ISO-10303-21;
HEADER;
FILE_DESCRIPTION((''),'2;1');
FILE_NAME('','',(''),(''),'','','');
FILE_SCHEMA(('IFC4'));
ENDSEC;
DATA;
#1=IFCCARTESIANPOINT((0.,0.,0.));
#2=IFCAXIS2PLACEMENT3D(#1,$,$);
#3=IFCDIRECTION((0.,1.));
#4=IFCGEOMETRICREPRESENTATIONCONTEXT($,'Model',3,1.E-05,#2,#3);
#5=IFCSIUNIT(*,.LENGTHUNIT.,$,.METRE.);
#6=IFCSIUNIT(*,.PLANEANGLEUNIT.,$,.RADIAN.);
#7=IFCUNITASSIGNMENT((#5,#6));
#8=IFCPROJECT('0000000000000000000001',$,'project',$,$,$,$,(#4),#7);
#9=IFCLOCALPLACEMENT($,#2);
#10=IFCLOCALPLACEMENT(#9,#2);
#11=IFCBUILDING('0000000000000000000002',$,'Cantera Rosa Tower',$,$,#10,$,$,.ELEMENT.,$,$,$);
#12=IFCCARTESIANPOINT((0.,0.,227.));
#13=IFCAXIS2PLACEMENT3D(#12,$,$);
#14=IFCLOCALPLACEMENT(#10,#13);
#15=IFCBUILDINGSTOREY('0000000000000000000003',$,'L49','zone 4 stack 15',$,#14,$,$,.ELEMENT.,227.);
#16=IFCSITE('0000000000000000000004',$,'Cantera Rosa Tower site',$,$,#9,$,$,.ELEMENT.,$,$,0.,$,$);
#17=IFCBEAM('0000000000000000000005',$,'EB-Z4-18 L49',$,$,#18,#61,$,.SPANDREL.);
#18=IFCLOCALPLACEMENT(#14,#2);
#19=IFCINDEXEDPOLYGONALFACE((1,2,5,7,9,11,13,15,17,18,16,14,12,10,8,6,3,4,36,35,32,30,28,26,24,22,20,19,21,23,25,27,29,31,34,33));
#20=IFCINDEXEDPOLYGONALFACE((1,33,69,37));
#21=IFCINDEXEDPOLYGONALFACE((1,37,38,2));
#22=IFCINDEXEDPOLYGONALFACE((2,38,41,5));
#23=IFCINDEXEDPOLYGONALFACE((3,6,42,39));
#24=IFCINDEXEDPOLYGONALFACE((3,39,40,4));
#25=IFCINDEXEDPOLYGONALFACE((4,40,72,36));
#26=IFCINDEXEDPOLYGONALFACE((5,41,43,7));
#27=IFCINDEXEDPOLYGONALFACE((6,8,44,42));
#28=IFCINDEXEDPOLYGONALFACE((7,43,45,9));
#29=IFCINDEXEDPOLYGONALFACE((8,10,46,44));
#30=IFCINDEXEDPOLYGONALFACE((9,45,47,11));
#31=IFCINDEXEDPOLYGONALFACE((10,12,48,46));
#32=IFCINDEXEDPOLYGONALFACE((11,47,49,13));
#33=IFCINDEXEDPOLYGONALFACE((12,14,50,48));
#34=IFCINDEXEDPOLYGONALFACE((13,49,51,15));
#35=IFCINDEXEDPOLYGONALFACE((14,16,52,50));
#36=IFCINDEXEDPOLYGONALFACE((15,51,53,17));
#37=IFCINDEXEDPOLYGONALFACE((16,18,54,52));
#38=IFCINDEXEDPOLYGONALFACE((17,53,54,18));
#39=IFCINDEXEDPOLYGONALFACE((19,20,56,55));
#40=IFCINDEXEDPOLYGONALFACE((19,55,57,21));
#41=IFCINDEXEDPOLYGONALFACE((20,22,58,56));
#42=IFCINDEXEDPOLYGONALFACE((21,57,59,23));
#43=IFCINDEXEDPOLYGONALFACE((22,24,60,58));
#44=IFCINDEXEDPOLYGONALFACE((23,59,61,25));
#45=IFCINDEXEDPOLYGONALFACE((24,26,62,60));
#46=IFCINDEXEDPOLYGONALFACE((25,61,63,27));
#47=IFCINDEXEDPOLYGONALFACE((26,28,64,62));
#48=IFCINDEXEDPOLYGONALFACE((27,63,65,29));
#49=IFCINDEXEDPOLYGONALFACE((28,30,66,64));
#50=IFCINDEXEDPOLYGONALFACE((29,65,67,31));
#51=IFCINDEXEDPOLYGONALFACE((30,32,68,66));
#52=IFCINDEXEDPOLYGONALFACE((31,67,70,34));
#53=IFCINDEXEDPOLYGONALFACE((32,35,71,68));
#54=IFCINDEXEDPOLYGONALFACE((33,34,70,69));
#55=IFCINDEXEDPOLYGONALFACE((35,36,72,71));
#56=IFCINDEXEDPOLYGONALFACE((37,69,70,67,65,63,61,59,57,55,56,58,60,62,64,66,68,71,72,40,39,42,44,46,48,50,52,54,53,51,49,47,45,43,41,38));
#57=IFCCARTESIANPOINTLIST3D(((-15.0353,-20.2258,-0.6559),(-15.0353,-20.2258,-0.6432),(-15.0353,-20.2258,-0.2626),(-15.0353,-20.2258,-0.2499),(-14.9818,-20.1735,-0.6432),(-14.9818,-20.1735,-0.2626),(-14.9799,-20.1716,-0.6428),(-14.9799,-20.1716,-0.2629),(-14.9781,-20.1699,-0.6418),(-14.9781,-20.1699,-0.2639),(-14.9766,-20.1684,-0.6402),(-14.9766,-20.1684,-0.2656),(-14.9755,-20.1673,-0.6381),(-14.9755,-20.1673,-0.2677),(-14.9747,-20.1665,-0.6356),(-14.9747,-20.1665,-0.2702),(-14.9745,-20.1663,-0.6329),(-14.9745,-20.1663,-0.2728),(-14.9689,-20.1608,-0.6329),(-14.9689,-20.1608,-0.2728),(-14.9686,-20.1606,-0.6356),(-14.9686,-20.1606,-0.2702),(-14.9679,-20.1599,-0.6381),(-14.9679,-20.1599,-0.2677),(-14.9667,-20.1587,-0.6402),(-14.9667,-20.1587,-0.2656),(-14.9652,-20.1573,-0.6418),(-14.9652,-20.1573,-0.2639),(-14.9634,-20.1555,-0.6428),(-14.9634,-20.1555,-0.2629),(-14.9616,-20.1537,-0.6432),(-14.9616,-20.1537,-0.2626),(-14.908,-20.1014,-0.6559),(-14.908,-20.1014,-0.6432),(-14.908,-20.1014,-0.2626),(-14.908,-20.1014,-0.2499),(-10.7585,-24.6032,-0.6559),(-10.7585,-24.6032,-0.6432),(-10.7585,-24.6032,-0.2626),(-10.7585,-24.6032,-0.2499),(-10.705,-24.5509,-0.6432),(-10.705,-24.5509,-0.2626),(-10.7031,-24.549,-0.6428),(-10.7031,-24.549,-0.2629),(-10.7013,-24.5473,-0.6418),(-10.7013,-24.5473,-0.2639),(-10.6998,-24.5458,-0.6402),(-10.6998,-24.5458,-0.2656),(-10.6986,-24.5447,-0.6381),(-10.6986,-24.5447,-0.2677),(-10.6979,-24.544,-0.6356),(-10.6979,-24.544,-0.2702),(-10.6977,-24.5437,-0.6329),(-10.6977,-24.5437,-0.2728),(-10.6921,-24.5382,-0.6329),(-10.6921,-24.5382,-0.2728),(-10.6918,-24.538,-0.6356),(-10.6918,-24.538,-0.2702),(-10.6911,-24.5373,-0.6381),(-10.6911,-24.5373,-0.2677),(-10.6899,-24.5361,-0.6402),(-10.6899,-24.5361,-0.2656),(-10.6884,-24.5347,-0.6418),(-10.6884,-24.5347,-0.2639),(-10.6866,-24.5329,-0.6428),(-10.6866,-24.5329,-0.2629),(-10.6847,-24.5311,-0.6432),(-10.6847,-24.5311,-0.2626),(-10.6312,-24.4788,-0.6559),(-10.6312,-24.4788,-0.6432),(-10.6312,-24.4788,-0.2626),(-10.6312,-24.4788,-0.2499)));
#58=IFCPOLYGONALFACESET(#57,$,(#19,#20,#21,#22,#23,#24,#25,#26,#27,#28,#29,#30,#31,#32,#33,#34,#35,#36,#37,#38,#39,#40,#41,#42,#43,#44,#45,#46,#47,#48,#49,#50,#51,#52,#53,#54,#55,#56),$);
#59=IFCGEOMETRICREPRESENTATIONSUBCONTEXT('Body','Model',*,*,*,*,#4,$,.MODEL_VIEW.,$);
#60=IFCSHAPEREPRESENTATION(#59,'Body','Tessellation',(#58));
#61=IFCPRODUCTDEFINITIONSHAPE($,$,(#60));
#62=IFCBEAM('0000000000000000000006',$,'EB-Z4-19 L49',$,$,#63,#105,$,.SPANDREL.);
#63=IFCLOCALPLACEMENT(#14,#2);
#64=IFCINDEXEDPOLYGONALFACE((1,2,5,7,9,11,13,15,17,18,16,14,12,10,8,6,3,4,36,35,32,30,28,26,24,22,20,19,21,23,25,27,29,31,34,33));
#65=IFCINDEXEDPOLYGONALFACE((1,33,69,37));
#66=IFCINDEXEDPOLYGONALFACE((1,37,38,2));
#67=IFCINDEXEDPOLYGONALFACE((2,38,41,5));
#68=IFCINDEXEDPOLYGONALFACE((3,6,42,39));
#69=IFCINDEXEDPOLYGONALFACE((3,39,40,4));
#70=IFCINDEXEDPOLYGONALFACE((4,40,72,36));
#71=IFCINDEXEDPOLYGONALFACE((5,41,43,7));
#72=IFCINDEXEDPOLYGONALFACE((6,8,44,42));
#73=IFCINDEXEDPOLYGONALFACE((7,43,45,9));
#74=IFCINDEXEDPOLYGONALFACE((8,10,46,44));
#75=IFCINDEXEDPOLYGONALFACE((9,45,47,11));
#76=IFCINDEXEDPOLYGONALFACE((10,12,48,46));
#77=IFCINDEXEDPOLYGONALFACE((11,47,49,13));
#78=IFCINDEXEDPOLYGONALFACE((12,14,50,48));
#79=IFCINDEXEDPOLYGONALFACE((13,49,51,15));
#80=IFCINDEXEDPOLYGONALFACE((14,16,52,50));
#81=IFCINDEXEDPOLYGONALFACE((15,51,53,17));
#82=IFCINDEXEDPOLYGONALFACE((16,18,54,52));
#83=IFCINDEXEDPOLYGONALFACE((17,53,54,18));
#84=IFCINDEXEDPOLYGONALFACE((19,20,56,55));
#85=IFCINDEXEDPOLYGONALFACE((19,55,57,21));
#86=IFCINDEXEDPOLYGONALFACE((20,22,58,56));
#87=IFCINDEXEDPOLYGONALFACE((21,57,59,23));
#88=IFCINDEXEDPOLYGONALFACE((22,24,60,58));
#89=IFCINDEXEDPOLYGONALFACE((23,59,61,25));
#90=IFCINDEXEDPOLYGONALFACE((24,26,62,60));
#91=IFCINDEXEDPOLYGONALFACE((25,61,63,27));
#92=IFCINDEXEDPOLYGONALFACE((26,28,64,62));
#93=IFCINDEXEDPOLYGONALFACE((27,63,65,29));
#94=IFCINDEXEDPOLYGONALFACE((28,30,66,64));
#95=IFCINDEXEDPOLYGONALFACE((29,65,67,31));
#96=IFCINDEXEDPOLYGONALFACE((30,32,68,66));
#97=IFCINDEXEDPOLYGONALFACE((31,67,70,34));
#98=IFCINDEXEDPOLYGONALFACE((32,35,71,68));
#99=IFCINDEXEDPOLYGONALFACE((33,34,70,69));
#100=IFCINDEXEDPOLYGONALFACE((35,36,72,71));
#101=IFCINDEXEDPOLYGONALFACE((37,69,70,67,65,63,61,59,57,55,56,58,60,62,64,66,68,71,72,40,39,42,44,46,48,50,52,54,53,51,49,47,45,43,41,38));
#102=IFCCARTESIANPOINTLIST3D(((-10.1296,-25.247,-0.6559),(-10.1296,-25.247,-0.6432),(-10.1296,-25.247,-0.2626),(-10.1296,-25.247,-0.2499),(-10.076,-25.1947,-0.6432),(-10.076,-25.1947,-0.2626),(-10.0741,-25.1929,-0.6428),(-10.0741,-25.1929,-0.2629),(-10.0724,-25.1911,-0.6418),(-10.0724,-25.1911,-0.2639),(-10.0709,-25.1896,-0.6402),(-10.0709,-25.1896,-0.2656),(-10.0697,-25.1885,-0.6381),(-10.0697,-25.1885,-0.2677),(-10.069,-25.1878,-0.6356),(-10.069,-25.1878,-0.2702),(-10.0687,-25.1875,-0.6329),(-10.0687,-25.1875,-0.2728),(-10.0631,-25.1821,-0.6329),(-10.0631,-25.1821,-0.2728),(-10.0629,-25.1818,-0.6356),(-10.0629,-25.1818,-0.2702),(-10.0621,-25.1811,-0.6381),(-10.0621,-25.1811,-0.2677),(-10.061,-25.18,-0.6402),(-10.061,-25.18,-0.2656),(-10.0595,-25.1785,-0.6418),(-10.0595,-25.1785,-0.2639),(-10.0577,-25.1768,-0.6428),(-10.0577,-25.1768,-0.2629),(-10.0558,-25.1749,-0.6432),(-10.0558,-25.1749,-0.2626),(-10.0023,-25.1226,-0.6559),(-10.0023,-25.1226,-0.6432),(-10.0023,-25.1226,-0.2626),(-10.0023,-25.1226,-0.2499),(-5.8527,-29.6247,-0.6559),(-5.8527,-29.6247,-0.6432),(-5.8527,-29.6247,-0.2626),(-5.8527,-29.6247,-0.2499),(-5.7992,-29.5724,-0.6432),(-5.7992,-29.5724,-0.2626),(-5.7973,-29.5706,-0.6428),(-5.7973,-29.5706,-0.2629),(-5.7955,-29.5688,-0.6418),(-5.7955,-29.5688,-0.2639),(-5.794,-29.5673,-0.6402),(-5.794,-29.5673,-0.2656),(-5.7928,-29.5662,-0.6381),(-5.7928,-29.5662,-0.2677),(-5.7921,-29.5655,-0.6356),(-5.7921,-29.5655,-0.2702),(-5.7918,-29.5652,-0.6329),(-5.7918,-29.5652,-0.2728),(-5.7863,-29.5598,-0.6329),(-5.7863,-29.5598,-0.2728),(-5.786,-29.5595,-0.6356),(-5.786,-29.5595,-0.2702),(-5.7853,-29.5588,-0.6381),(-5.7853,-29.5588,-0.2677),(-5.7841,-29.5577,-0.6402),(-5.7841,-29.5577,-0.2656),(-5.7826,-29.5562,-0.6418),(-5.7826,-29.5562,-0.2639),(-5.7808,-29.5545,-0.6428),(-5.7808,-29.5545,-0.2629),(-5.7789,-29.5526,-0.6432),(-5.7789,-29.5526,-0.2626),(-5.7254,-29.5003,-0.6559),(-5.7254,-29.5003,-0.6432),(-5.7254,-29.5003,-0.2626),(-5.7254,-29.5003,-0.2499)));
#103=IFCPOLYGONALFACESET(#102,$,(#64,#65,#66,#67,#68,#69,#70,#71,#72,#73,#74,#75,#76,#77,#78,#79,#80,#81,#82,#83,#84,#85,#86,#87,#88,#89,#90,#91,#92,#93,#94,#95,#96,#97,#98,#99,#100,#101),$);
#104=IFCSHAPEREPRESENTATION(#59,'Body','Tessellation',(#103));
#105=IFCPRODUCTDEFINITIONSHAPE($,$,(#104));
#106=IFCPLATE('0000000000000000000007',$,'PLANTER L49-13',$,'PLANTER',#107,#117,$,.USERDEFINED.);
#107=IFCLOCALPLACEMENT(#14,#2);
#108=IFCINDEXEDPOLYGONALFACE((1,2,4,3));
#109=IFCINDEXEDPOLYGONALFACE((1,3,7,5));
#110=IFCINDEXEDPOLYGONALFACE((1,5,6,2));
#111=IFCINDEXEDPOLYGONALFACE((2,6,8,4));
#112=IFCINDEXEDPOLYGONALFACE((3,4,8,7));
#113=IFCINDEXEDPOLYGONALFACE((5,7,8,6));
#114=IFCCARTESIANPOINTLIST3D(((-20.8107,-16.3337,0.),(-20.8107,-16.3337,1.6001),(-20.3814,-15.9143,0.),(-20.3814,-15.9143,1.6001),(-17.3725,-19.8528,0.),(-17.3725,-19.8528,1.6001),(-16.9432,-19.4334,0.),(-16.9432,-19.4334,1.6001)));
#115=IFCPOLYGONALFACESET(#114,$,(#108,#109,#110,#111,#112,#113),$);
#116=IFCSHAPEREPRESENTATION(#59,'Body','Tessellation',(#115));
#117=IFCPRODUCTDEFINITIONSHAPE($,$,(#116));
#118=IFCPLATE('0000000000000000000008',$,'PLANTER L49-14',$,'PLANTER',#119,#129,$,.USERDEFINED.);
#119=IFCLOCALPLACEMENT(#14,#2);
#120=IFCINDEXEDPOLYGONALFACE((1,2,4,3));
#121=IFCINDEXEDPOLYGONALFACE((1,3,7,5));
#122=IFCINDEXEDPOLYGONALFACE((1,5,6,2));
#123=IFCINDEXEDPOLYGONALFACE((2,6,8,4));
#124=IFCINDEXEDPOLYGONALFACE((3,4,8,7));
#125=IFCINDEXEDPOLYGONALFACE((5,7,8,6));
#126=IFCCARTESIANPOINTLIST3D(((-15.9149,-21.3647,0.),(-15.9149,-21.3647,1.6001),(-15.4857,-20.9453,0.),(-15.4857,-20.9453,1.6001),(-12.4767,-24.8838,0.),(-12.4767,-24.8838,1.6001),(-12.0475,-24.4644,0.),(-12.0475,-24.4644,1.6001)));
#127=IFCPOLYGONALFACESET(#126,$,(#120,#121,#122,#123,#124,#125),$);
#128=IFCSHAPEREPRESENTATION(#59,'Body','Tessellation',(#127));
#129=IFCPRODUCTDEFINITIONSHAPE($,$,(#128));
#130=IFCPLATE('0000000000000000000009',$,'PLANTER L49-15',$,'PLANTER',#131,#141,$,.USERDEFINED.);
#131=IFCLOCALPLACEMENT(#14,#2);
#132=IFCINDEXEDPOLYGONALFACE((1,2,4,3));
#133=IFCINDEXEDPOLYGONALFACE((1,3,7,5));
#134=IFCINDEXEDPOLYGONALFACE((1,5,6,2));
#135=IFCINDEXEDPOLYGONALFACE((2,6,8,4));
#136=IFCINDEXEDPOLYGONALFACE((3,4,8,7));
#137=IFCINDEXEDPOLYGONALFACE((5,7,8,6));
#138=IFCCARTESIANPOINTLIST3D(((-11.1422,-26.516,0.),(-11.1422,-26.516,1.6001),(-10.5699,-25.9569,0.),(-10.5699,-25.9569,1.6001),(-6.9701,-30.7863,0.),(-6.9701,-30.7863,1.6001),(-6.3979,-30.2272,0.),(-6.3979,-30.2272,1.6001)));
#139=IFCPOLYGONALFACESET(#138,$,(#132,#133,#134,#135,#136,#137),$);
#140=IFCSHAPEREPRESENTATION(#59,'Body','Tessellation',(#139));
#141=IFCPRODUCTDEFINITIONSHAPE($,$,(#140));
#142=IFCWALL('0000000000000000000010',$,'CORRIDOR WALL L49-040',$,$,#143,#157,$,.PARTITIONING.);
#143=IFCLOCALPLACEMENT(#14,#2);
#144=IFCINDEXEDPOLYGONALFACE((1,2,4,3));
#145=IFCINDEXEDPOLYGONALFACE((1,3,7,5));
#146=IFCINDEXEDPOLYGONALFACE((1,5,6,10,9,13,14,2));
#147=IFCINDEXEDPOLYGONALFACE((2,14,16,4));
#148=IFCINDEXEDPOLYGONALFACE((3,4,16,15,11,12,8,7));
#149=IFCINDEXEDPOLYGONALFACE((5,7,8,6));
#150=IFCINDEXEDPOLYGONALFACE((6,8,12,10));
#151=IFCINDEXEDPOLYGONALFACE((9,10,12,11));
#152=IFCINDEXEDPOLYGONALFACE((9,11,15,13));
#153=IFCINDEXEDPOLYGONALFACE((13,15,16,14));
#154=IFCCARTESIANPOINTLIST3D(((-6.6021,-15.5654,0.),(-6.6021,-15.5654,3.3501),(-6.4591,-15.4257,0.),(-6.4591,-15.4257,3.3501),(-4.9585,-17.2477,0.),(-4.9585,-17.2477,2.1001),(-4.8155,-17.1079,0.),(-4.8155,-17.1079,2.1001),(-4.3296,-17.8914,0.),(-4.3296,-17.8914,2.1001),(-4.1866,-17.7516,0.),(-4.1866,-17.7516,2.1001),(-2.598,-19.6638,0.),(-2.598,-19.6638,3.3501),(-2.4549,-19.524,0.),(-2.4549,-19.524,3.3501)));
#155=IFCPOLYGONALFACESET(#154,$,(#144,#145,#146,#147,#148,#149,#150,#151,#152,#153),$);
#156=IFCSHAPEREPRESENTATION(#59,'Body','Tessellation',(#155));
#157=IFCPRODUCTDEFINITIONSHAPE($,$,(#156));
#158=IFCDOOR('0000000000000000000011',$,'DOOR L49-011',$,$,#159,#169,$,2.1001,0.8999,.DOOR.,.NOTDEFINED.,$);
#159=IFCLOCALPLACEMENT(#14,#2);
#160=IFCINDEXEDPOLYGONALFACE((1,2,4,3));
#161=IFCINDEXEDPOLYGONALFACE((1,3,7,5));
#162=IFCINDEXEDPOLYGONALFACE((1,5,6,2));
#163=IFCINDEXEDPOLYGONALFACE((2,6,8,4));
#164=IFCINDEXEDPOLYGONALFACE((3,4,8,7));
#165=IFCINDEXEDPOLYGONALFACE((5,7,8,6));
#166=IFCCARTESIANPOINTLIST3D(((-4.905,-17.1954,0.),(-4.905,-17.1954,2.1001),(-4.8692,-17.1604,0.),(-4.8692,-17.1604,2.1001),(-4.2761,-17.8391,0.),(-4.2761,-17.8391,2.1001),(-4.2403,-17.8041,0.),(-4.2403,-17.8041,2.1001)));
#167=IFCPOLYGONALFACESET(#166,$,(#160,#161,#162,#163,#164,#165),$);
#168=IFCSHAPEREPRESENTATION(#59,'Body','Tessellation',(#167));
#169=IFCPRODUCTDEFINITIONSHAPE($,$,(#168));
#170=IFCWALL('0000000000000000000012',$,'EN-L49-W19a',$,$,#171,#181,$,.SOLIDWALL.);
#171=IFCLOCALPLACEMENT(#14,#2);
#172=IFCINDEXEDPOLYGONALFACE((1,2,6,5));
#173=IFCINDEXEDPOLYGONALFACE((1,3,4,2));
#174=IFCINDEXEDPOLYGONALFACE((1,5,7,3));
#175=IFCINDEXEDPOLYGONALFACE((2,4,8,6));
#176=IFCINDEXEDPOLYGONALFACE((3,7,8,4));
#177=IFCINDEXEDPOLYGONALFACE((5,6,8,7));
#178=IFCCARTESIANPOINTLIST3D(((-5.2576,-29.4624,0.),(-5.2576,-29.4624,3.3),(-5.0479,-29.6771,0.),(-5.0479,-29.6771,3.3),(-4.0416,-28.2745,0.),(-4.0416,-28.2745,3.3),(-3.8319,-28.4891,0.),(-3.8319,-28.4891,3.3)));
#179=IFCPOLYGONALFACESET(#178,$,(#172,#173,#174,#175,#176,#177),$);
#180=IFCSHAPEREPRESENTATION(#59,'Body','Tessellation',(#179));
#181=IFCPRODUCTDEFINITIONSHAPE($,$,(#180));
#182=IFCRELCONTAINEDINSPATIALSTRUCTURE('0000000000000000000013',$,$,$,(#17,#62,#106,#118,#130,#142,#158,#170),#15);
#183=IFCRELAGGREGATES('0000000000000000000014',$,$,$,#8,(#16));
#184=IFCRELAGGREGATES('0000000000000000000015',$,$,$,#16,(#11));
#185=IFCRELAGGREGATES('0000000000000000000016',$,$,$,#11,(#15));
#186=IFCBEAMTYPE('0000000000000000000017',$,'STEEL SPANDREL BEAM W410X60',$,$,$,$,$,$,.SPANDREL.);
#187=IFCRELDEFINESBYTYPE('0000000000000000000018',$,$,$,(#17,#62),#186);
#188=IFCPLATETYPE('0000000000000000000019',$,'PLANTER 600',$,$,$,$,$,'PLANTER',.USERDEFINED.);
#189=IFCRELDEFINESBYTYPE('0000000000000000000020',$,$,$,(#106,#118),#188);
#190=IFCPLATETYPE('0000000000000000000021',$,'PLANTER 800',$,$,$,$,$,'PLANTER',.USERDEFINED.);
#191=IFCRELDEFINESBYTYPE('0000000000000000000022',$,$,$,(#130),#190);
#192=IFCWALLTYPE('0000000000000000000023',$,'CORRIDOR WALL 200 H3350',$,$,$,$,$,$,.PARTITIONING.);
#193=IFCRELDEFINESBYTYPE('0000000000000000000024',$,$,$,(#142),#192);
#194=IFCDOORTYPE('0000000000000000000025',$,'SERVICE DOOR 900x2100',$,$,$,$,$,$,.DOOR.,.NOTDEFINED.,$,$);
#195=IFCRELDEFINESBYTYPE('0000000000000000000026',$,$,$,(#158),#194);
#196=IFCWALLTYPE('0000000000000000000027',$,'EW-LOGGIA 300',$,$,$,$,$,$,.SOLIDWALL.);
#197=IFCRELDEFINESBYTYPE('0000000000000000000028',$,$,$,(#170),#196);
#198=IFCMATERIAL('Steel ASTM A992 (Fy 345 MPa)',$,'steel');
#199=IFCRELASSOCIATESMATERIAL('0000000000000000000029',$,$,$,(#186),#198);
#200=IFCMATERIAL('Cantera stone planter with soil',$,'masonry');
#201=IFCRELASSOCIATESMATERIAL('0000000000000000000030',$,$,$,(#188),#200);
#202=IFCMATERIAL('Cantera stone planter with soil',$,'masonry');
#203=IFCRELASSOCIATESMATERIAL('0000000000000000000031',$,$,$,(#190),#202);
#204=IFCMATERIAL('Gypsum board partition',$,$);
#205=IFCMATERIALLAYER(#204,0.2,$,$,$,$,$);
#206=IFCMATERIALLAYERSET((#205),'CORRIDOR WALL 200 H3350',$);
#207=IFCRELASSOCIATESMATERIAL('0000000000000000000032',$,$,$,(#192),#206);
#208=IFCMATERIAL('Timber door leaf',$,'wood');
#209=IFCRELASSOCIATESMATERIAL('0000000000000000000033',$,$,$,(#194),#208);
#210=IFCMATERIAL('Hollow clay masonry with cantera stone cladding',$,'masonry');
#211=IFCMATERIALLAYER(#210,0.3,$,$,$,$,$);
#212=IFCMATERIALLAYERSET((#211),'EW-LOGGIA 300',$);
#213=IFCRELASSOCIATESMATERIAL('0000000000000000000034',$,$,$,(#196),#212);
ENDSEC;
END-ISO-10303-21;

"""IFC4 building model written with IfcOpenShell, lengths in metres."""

from ifc_helpers import new_model, si_unit, direction, frame, frame_2d, origin, origin_2d, place, context, subcontext, project, spatial, rectangle, i_section, extrude, material, layer, layer_set, material_profile, profile_set, type_object, element, fill, save


model = new_model("IFC4")

# Units and contexts
model_context = context("Model", 3, precision=1e-05, world=origin(), true_north=direction((0.0, 1.0)))
body_context = subcontext(model_context, "Body", "Model", "MODEL_VIEW")
ifc_project = project(units=[si_unit("LENGTHUNIT", "METRE"), si_unit("PLANEANGLEUNIT", "RADIAN")], contexts=[model_context])

# Site, building, storey
site_placement = place(None, origin())
site = spatial("IfcSite", under=ifc_project, at=site_placement, Name="Cantera Rosa Tower site", CompositionType="ELEMENT", RefElevation=0.0)
building_placement = place(site_placement, origin())
building = spatial("IfcBuilding", under=site, at=building_placement, Name="Cantera Rosa Tower", CompositionType="ELEMENT")
storey_placement = place(building_placement, frame((0.0, 0.0, 227.0)))
storey = spatial("IfcBuildingStorey", under=building, at=storey_placement, Name="L49", Description="zone 4 stack 15", CompositionType="ELEMENT", Elevation=227.0)

# Beams
ifc_material_1 = material(Name="Steel ASTM A992 (Fy 345 MPa)", Category="steel")
ifc_material_profile_1 = material_profile(ifc_material_1, i_section(OverallWidth=0.178, OverallDepth=0.406, WebThickness=0.0078, FlangeThickness=0.0127, FilletRadius=0.0103, at=origin_2d()), Name="W410X60")
ifc_profile_set_1 = profile_set([ifc_material_profile_1], Name="Steel ASTM A992 (Fy 345 MPa)")
beam_type_1 = type_object("IfcBeamType", Name="STEEL SPANDREL BEAM W410X60", PredefinedType="SPANDREL", material=ifc_profile_set_1)
beam_1_placement = place(storey_placement, frame((-14.9717, -20.1636, -0.4529), z_axis=(0.698841, -0.715277, 0.0), x_axis=(0.715277, 0.698841, 0.0)))
element("IfcBeam", 1, at=beam_1_placement, inside=storey, type_object=beam_type_1, Name="EB-Z4-18 L49", PredefinedType="SPANDREL", context=body_context, shape_type="SweptSolid", body=[
    extrude(i_section(OverallWidth=0.178, OverallDepth=0.406, WebThickness=0.0078, FlangeThickness=0.0127, FilletRadius=0.0103, at=origin_2d()), origin(), (0.0, 0.0, 1.0), 6.1199),
])
beam_2_placement = place(storey_placement, frame((-10.0659, -25.1848, -0.4529), z_axis=(0.698821, -0.715296, 0.0), x_axis=(0.715296, 0.698821, 0.0)))
element("IfcBeam", 2, at=beam_2_placement, inside=storey, type_object=beam_type_1, Name="EB-Z4-19 L49", PredefinedType="SPANDREL", context=body_context, shape_type="SweptSolid", body=[
    extrude(i_section(OverallWidth=0.178, OverallDepth=0.406, WebThickness=0.0078, FlangeThickness=0.0127, FilletRadius=0.0103, at=origin_2d()), origin(), (0.0, 0.0, 1.0), 6.1201),
])

# Plates
ifc_material_2 = material(Name="Cantera stone planter with soil", Category="masonry")
plate_type_1 = type_object("IfcPlateType", Name="PLANTER 600", ElementType="PLANTER", PredefinedType="USERDEFINED", material=ifc_material_2)
for number, where, z_axis, x_axis, name in (
    (3, (-18.877, -17.8835, 0.0), (0.0, 0.0, 1.0), (0.698832, -0.715286, 0.0), "PLANTER L49-13"),
    (4, (-13.9812, -22.9146, 0.0), (0.0, 0.0, 1.0), (0.698832, -0.715286, 0.0), "PLANTER L49-14"),
):
    element("IfcPlate", number, at=place(storey_placement, frame(where, z_axis=z_axis, x_axis=x_axis)), inside=storey, type_object=plate_type_1, Name=name, ObjectType="PLANTER", PredefinedType="USERDEFINED", context=body_context, shape_type="SweptSolid", body=[
        extrude(rectangle(XDim=4.9199, YDim=0.6001, at=origin_2d()), origin(), (0.0, 0.0, 1.0), 1.6001),
    ])
ifc_material_3 = material(Name="Cantera stone planter with soil", Category="masonry")
plate_type_2 = type_object("IfcPlateType", Name="PLANTER 800", ElementType="PLANTER", PredefinedType="USERDEFINED", material=ifc_material_3)
plate_placement = place(storey_placement, frame((-8.77, -28.3716, 0.0), z_axis=(0.0, 0.0, 1.0), x_axis=(0.698832, -0.715286, 0.0)))
element("IfcPlate", 5, at=plate_placement, inside=storey, type_object=plate_type_2, Name="PLANTER L49-15", ObjectType="PLANTER", PredefinedType="USERDEFINED", context=body_context, shape_type="SweptSolid", body=[
    extrude(rectangle(XDim=5.97, YDim=0.8, at=origin_2d()), origin(), (0.0, 0.0, 1.0), 1.6001),
])

# Wall, opening, door
ifc_material_4 = material(Name="Gypsum board partition")
ifc_layer_1 = layer(ifc_material_4, 0.2)
ifc_layer_set_1 = layer_set([ifc_layer_1], Name="CORRIDOR WALL 200 H3350")
wall_type_1 = type_object("IfcWallType", Name="CORRIDOR WALL 200 H3350", PredefinedType="PARTITIONING", material=ifc_layer_set_1)
wall_1_placement = place(storey_placement, frame((-6.5305, -15.4956, 0.0), z_axis=(0.0, 0.0, 1.0), x_axis=(0.698835, -0.715283, 0.0)))
wall_1 = element("IfcWall", 6, at=wall_1_placement, inside=storey, type_object=wall_type_1, Name="CORRIDOR WALL L49-040", PredefinedType="PARTITIONING", context=body_context, shape_type="SweptSolid", body=[
    extrude(rectangle(XDim=5.7297, YDim=0.2, at=frame_2d((2.8647, 0.0))), origin(), (0.0, 0.0, 1.0), 3.3501),
])
opening_1_placement = place(wall_1_placement, frame((2.3518, 0.0, 0.0)))
opening_1 = element("IfcOpeningElement", 7, at=opening_1_placement, cuts=wall_1, PredefinedType="OPENING", context=body_context, shape_type="SweptSolid", body=[
    extrude(rectangle(XDim=0.8999, YDim=2.1001, at=frame_2d((0.45, 1.05))), frame((0.0, 0.1099, 0.0), z_axis=(0.0, -1.0, 0.0), x_axis=(1.0, 0.0, 0.0)), (0.0, 0.0, 1.0), 0.22),
])
ifc_material_5 = material(Name="Timber door leaf", Category="wood")
door_type_1 = type_object("IfcDoorType", Name="SERVICE DOOR 900x2100", OperationType="NOTDEFINED", PredefinedType="DOOR", material=ifc_material_5)
door_1_placement = place(opening_1_placement, origin())
door_1 = element("IfcDoor", 8, at=door_1_placement, inside=storey, type_object=door_type_1, Name="DOOR L49-011", OperationType="NOTDEFINED", OverallHeight=2.1001, OverallWidth=0.8999, PredefinedType="DOOR", context=body_context, shape_type="SweptSolid", body=[
    extrude(rectangle(XDim=0.8999, YDim=2.1001, at=frame_2d((0.45, 1.05))), frame((0.0, 0.0249, 0.0), z_axis=(0.0, -1.0, 0.0), x_axis=(1.0, 0.0, 0.0)), (0.0, 0.0, 1.0), 0.05),
])
fill(opening_1, door_1)

# Wall
ifc_material_6 = material(Name="Hollow clay masonry with cantera stone cladding", Category="masonry")
ifc_layer_2 = layer(ifc_material_6, 0.3)
ifc_layer_set_2 = layer_set([ifc_layer_2], Name="EW-LOGGIA 300")
wall_type_2 = type_object("IfcWallType", Name="EW-LOGGIA 300", PredefinedType="SOLIDWALL", material=ifc_layer_set_2)
wall_2_placement = place(storey_placement, frame((-5.1528, -29.5698, 0.0), z_axis=(0.0, 0.0, 1.0), x_axis=(0.715316, 0.698801, 0.0)))
element("IfcWall", 9, at=wall_2_placement, inside=storey, type_object=wall_type_2, Name="EN-L49-W19a", PredefinedType="SOLIDWALL", context=body_context, shape_type="SweptSolid", body=[
    extrude(rectangle(XDim=1.7, YDim=0.3, at=frame_2d((0.8501, 0.0))), origin(), (0.0, 0.0, 1.0), 3.3),
])

save(model, "model.ifc")
